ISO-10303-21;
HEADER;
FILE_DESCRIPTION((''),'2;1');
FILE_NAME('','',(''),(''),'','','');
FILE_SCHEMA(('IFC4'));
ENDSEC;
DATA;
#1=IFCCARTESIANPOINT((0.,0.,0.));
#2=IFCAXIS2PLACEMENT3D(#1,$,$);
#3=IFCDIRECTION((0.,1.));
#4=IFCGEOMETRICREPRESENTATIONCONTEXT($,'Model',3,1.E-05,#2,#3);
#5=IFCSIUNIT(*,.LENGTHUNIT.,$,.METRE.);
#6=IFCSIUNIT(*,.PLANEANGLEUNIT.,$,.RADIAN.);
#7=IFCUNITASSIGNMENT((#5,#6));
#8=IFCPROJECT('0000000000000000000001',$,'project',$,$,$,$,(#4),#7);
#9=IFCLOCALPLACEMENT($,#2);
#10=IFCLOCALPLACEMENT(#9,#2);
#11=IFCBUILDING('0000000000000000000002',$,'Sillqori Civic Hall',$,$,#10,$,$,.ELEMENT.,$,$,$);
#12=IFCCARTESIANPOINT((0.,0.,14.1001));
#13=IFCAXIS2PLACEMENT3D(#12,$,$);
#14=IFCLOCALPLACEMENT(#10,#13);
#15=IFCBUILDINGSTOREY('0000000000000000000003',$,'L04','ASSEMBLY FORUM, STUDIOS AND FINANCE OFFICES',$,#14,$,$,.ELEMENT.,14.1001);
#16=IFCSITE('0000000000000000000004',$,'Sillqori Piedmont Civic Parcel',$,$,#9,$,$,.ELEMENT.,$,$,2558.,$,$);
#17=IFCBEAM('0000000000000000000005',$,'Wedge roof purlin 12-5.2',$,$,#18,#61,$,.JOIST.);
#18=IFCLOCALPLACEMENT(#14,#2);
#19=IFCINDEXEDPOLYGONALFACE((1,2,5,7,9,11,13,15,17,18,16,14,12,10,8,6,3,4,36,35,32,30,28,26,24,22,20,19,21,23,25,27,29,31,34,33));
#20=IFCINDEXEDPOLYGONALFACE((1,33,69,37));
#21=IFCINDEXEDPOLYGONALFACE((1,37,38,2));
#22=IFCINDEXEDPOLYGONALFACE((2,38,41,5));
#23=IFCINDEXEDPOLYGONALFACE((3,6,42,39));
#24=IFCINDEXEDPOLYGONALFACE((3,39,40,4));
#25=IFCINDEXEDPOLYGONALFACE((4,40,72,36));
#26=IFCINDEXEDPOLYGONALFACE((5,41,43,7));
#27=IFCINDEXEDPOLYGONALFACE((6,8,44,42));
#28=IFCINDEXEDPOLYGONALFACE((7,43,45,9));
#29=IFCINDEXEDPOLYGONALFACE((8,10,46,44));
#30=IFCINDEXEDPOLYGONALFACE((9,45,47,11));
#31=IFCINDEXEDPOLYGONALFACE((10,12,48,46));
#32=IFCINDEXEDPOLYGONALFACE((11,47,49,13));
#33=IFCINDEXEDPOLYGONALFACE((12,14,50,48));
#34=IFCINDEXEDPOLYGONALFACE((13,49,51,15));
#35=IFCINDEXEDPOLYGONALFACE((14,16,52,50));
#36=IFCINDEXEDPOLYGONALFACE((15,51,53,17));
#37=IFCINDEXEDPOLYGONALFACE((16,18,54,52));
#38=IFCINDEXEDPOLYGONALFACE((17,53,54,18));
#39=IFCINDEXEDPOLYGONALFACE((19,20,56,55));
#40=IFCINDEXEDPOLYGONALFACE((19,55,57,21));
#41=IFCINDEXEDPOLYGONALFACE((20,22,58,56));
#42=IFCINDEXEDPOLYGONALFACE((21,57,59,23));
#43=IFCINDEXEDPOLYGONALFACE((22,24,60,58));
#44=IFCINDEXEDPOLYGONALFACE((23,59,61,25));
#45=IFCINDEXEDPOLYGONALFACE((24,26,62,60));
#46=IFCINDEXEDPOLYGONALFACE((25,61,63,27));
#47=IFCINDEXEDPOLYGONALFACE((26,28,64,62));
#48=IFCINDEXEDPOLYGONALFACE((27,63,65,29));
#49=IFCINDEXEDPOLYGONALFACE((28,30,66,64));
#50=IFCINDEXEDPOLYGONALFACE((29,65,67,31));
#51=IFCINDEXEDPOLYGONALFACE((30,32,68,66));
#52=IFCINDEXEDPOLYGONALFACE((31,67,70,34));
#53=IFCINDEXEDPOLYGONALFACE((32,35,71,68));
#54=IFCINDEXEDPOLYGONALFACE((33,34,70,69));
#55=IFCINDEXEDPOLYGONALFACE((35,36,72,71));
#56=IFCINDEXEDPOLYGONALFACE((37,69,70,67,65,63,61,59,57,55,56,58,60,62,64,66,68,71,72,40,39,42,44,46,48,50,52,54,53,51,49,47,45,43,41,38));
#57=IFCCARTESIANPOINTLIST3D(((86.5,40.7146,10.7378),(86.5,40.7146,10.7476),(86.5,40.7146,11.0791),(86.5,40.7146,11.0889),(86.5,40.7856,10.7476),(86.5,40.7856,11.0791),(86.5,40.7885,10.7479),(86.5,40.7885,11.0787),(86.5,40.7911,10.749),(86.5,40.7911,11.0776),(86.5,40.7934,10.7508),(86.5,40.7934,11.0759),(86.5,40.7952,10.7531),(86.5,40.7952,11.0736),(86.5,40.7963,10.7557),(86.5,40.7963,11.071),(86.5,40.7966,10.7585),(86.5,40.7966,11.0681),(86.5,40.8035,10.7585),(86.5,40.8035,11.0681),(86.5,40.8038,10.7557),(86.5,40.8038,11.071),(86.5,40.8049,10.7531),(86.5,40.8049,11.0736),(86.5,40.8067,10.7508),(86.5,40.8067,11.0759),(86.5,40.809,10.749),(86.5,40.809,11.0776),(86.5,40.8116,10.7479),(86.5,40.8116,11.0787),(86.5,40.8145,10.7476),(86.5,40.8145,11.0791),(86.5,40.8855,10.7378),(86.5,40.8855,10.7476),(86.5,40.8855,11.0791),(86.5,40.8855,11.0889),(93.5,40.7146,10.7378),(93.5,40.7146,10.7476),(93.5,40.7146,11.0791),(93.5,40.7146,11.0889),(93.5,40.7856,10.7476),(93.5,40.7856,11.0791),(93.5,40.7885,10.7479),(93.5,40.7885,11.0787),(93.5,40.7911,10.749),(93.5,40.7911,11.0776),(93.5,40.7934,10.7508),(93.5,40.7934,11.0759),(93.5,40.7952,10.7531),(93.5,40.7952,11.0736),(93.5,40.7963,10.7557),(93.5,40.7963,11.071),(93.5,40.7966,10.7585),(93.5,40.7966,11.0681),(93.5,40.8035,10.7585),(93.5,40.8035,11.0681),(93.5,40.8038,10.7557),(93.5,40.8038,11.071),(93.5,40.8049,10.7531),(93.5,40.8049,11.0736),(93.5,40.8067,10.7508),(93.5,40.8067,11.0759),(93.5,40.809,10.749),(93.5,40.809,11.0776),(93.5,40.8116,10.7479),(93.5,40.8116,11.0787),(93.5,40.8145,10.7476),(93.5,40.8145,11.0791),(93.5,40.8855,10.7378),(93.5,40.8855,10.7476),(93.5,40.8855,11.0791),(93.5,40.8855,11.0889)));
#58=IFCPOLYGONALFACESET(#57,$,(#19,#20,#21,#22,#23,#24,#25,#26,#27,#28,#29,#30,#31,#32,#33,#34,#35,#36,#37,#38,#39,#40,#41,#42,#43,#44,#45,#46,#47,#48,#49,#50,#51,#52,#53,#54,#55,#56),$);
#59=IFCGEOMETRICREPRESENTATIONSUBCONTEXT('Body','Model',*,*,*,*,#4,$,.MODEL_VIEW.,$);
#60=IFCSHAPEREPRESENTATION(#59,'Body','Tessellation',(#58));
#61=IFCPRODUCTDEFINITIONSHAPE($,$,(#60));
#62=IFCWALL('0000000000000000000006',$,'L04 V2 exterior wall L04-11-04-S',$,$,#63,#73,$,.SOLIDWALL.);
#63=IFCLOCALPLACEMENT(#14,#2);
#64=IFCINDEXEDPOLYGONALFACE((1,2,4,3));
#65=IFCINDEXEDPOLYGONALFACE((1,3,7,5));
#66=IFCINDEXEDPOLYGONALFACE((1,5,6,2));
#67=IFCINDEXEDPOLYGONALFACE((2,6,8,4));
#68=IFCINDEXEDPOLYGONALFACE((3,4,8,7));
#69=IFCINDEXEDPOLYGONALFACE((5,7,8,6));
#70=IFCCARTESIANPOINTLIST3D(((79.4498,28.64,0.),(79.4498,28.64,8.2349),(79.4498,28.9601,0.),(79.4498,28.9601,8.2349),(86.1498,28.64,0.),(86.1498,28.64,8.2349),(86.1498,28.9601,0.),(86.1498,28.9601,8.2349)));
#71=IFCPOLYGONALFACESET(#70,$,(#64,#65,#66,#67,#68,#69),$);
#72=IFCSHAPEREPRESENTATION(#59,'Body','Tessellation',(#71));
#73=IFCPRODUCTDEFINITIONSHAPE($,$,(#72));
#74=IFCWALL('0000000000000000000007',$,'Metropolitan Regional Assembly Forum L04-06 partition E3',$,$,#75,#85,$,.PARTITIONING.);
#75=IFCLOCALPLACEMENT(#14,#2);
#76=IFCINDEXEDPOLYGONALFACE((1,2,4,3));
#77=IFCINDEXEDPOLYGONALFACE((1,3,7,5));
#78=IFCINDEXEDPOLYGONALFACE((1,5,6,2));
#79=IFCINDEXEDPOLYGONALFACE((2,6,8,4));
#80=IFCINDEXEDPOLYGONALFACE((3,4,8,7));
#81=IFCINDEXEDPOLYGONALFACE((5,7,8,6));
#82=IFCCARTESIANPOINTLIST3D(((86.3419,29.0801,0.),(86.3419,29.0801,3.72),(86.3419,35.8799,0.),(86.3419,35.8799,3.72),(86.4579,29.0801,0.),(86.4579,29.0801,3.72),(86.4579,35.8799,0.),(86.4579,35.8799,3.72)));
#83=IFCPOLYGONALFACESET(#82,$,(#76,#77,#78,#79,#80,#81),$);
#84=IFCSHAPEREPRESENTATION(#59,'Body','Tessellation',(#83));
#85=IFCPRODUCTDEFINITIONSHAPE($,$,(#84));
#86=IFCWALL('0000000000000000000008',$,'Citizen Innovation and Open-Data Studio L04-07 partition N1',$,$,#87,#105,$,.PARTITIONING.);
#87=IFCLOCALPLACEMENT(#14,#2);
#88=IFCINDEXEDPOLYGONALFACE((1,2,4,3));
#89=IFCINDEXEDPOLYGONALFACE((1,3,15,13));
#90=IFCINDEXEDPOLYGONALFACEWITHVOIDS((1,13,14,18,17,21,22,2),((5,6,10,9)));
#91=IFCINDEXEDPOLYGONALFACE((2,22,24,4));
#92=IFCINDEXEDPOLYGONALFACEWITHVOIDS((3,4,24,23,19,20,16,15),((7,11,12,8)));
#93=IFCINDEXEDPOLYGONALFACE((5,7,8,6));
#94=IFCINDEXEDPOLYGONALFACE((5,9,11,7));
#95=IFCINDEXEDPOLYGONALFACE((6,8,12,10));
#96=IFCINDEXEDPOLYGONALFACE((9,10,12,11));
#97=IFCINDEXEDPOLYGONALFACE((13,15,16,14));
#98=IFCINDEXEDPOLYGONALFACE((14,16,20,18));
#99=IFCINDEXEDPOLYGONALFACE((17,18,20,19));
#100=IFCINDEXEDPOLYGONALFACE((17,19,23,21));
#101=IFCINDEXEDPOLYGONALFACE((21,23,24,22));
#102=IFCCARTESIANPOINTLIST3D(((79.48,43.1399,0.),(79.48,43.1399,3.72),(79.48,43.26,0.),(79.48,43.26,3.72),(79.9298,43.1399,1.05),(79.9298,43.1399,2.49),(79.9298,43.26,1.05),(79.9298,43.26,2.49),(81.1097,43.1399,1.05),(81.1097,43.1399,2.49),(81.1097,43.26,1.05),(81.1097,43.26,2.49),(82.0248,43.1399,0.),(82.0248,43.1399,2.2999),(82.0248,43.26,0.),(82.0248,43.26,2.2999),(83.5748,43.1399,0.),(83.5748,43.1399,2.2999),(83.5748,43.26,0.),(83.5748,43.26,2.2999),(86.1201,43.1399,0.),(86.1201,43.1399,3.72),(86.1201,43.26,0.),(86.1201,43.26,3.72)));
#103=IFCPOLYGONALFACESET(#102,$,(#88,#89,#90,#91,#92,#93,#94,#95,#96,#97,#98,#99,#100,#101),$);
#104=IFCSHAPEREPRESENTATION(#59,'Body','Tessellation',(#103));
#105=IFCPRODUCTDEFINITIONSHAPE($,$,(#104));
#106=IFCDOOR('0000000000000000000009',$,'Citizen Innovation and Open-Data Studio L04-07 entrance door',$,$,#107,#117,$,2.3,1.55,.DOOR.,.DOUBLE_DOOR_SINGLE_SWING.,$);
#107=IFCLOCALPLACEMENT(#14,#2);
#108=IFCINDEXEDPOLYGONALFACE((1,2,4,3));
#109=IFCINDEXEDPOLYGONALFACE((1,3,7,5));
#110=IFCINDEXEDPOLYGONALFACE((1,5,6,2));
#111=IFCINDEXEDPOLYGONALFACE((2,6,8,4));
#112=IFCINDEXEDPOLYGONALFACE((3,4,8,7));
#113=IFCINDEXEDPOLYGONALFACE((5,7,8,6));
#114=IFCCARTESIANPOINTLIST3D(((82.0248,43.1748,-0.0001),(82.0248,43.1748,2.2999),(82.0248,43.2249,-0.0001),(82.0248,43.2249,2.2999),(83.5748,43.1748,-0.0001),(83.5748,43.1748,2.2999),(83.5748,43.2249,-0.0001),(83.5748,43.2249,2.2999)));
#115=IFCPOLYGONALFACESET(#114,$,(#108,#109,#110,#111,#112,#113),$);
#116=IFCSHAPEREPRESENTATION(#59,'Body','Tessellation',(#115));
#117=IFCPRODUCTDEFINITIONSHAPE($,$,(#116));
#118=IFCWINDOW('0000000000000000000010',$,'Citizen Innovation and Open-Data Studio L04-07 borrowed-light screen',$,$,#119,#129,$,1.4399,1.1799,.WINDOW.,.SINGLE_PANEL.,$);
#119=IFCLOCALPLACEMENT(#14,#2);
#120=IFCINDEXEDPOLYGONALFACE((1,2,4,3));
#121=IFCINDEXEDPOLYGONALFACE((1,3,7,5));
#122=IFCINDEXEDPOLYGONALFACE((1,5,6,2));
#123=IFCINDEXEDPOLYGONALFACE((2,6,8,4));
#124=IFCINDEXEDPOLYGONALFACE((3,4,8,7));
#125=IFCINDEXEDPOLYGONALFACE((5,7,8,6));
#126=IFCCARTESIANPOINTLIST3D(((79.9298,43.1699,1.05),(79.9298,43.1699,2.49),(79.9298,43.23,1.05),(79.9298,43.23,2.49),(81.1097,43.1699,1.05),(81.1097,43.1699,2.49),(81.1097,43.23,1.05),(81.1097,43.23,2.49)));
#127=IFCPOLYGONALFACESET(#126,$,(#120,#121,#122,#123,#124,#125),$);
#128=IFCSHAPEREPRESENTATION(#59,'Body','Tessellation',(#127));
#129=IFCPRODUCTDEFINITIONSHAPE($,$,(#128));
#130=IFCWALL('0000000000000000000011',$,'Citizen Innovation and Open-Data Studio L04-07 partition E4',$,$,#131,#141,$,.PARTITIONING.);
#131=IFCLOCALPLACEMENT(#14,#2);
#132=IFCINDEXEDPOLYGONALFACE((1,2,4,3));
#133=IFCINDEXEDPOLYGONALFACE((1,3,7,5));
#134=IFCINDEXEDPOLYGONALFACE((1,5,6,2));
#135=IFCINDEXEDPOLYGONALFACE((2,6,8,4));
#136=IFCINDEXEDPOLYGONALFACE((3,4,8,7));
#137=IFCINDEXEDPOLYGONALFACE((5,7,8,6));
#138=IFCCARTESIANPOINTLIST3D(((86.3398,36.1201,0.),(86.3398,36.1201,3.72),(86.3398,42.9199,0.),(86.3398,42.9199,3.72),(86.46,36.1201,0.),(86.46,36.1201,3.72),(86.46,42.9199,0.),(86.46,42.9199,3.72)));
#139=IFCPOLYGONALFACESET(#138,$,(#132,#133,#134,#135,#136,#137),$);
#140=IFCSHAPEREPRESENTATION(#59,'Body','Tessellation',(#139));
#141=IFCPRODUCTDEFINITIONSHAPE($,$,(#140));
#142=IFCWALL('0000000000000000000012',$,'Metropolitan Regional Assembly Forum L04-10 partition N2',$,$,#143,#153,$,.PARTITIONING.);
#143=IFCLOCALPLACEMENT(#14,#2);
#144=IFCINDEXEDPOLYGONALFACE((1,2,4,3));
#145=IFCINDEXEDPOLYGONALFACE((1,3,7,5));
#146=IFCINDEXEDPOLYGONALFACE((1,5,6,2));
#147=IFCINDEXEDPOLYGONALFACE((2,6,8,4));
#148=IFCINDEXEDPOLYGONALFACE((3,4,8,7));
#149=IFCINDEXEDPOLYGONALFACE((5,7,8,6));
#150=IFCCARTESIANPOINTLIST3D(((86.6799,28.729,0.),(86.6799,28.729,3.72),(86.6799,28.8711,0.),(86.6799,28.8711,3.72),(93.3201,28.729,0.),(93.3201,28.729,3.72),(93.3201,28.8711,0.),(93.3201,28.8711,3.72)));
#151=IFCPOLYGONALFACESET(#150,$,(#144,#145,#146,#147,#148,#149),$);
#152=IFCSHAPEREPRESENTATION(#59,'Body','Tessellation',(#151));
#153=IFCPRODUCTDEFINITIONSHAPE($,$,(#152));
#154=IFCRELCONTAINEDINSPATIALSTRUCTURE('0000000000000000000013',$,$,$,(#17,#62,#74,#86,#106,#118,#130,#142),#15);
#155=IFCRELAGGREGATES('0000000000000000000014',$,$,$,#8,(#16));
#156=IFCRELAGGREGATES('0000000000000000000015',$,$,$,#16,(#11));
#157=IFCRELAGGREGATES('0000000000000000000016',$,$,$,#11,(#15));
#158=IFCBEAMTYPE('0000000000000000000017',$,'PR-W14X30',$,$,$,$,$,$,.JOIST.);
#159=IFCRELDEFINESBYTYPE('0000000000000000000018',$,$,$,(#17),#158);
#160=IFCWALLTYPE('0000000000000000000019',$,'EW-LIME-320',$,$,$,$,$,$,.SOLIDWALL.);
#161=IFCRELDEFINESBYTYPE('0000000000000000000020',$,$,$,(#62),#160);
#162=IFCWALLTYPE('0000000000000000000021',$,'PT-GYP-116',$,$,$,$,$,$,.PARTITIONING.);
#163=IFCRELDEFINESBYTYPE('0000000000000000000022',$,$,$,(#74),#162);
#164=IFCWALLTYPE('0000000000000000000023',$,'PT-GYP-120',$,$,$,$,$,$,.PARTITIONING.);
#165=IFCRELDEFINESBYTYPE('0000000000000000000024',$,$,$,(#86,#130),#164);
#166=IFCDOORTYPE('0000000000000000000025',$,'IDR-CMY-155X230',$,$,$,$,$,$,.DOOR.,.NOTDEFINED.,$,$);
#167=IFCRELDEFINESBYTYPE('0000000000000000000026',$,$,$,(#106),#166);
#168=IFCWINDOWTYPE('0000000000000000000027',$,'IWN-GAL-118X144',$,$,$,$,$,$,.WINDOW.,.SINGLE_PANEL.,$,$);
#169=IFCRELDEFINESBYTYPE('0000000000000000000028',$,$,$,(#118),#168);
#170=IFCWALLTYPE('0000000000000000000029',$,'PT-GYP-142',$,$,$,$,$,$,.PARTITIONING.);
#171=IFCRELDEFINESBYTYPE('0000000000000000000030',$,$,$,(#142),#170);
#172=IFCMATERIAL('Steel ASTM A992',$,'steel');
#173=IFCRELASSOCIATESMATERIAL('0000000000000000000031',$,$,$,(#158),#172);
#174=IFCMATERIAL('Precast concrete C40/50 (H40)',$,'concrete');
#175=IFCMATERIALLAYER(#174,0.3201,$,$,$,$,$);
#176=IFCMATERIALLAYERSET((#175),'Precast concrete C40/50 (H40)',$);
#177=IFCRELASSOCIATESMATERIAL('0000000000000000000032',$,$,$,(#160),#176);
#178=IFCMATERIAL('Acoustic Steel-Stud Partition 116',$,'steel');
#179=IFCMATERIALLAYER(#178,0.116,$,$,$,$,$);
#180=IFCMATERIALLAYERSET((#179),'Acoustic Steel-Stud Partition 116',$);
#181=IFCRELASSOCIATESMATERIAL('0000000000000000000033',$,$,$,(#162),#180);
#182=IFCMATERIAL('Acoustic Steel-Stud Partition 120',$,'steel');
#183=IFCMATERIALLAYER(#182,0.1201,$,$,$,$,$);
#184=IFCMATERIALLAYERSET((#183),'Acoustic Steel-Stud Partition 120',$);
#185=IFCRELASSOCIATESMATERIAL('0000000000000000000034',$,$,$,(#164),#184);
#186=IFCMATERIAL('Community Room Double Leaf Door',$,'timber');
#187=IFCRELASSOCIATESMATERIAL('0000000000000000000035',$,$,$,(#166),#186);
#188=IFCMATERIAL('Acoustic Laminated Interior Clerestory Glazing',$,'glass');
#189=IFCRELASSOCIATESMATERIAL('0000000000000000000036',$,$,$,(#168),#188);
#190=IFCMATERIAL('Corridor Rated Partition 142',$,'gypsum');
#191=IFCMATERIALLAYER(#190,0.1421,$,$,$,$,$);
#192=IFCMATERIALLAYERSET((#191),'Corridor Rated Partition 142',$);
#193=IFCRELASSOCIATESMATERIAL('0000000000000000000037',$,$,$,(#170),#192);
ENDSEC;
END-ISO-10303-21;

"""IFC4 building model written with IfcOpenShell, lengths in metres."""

from ifc_helpers import new_model, si_unit, direction, frame, frame_2d, origin, origin_2d, place, context, subcontext, project, spatial, rectangle, i_section, extrude, material, layer, layer_set, material_profile, profile_set, type_object, element, fill, save


model = new_model("IFC4")

# Units and contexts
model_context = context("Model", 3, precision=1e-05, world=origin(), true_north=direction((0.0, 1.0)))
body_context = subcontext(model_context, "Body", "Model", "MODEL_VIEW")
ifc_project = project(units=[si_unit("LENGTHUNIT", "METRE"), si_unit("PLANEANGLEUNIT", "RADIAN")], contexts=[model_context])

# Site, building, storey
site_placement = place(None, origin())
site = spatial("IfcSite", under=ifc_project, at=site_placement, Name="Sillqori Piedmont Civic Parcel", CompositionType="ELEMENT", RefElevation=2558.0)
building_placement = place(site_placement, origin())
building = spatial("IfcBuilding", under=site, at=building_placement, Name="Sillqori Civic Hall", CompositionType="ELEMENT")
storey_placement = place(building_placement, frame((0.0, 0.0, 14.1001)))
storey = spatial("IfcBuildingStorey", under=building, at=storey_placement, Name="L04", Description="ASSEMBLY FORUM, STUDIOS AND FINANCE OFFICES", CompositionType="ELEMENT", Elevation=14.1001)

# Shared definitions
ifc_material_1 = material(Name="Steel ASTM A992", Category="steel")

# Beam
ifc_material_profile_1 = material_profile(ifc_material_1, i_section(OverallWidth=0.1709, OverallDepth=0.3511, WebThickness=0.0068, FlangeThickness=0.0098, FilletRadius=0.011, at=origin_2d()), Name="W14X30")
ifc_profile_set_1 = profile_set([ifc_material_profile_1], Name="Steel ASTM A992")
beam_type_1 = type_object("IfcBeamType", Name="PR-W14X30", PredefinedType="JOIST", material=ifc_profile_set_1)
for number, where, z_axis, x_axis, name in (
    (1, (86.5, 40.8, 10.9133), (1.0, 0.0, 0.0), (0.0, 1.0, 0.0), "Wedge roof purlin 12-5.2"),
):
    element("IfcBeam", number, at=place(storey_placement, frame(where, z_axis=z_axis, x_axis=x_axis)), inside=storey, type_object=beam_type_1, Name=name, PredefinedType="JOIST", context=body_context, shape_type="SweptSolid", body=[
        extrude(i_section(OverallWidth=0.1709, OverallDepth=0.3511, WebThickness=0.0068, FlangeThickness=0.0098, FilletRadius=0.011, at=origin_2d()), origin(), (0.0, 0.0, 1.0), 7.0),
    ])

# Walls
ifc_material_2 = material(Name="Precast concrete C40/50 (H40)", Category="concrete")
ifc_layer_1 = layer(ifc_material_2, 0.3201)
ifc_layer_set_1 = layer_set([ifc_layer_1], Name="Precast concrete C40/50 (H40)")
wall_type_1 = type_object("IfcWallType", Name="EW-LIME-320", PredefinedType="SOLIDWALL", material=ifc_layer_set_1)
wall_1_placement = place(storey_placement, frame((86.1499, 28.8, 0.0), z_axis=(0.0, 0.0, 1.0), x_axis=(-1.0, 0.0, 0.0)))
element("IfcWall", 2, at=wall_1_placement, inside=storey, type_object=wall_type_1, Name="L04 V2 exterior wall L04-11-04-S", PredefinedType="SOLIDWALL", context=body_context, shape_type="SweptSolid", body=[
    extrude(rectangle(XDim=6.7, YDim=0.3201, at=frame_2d((3.3501, 0.0))), origin(), (0.0, 0.0, 1.0), 8.2349),
])
ifc_material_3 = material(Name="Acoustic Steel-Stud Partition 116", Category="steel")
ifc_layer_2 = layer(ifc_material_3, 0.116)
ifc_layer_set_2 = layer_set([ifc_layer_2], Name="Acoustic Steel-Stud Partition 116")
wall_type_2 = type_object("IfcWallType", Name="PT-GYP-116", PredefinedType="PARTITIONING", material=ifc_layer_set_2)
wall_2_placement = place(storey_placement, frame((86.3999, 35.8799, 0.0), z_axis=(0.0, 0.0, 1.0), x_axis=(0.0, -1.0, 0.0)))
element("IfcWall", 3, at=wall_2_placement, inside=storey, type_object=wall_type_2, Name="Metropolitan Regional Assembly Forum L04-06 partition E3", PredefinedType="PARTITIONING", context=body_context, shape_type="SweptSolid", body=[
    extrude(rectangle(XDim=6.7998, YDim=0.116, at=frame_2d((3.3999, 0.0))), origin(), (0.0, 0.0, 1.0), 3.72),
])

# Wall, openings, door, window
ifc_material_4 = material(Name="Acoustic Steel-Stud Partition 120", Category="steel")
ifc_layer_3 = layer(ifc_material_4, 0.1201)
ifc_layer_set_3 = layer_set([ifc_layer_3], Name="Acoustic Steel-Stud Partition 120")
wall_type_3 = type_object("IfcWallType", Name="PT-GYP-120", PredefinedType="PARTITIONING", material=ifc_layer_set_3)
wall_3_placement = place(storey_placement, frame((79.48, 43.2, 0.0), z_axis=(0.0, 0.0, 1.0), x_axis=(1.0, 0.0, 0.0)))
wall_3 = element("IfcWall", 4, at=wall_3_placement, inside=storey, type_object=wall_type_3, Name="Citizen Innovation and Open-Data Studio L04-07 partition N1", PredefinedType="PARTITIONING", context=body_context, shape_type="SweptSolid", body=[
    extrude(rectangle(XDim=6.6401, YDim=0.1201, at=frame_2d((3.3201, 0.0))), origin(), (0.0, 0.0, 1.0), 3.72),
])
opening_1_placement = place(wall_3_placement, frame((2.5449, 0.0, 0.0)))
opening_1 = element("IfcOpeningElement", 5, at=opening_1_placement, cuts=wall_3, PredefinedType="OPENING", context=body_context, shape_type="SweptSolid", body=[
    extrude(rectangle(XDim=1.55, YDim=2.3, at=frame_2d((0.7749, 1.1499))), frame((0.0, 0.0701, 0.0), z_axis=(0.0, -1.0, 0.0), x_axis=(1.0, 0.0, 0.0)), (0.0, 0.0, 1.0), 0.1401),
])
opening_2_placement = place(wall_3_placement, frame((0.45, 0.0, 1.05)))
opening_2 = element("IfcOpeningElement", 6, at=opening_2_placement, cuts=wall_3, PredefinedType="OPENING", context=body_context, shape_type="SweptSolid", body=[
    extrude(rectangle(XDim=1.1799, YDim=1.4399, at=frame_2d((0.5898, 0.72))), frame((0.0, 0.0701, 0.0), z_axis=(0.0, -1.0, 0.0), x_axis=(1.0, 0.0, 0.0)), (0.0, 0.0, 1.0), 0.1401),
])
ifc_material_5 = material(Name="Community Room Double Leaf Door", Category="timber")
door_type = type_object("IfcDoorType", Name="IDR-CMY-155X230", OperationType="NOTDEFINED", PredefinedType="DOOR", material=ifc_material_5)
door_1_placement = place(opening_1_placement, origin())
door_1 = element("IfcDoor", 7, at=door_1_placement, inside=storey, type_object=door_type, Name="Citizen Innovation and Open-Data Studio L04-07 entrance door", OperationType="DOUBLE_DOOR_SINGLE_SWING", OverallHeight=2.3, OverallWidth=1.55, PredefinedType="DOOR", context=body_context, shape_type="SweptSolid", body=[
    extrude(rectangle(XDim=1.55, YDim=2.3, at=frame_2d((0.7749, 1.1499))), frame((0.0, 0.0249, 0.0), z_axis=(0.0, -1.0, 0.0), x_axis=(1.0, 0.0, 0.0)), (0.0, 0.0, 1.0), 0.05),
])
fill(opening_1, door_1)
ifc_material_6 = material(Name="Acoustic Laminated Interior Clerestory Glazing", Category="glass")
window_type_1 = type_object("IfcWindowType", Name="IWN-GAL-118X144", PartitioningType="SINGLE_PANEL", PredefinedType="WINDOW", material=ifc_material_6)
window_1_placement = place(opening_2_placement, origin())
window_1 = element("IfcWindow", 8, at=window_1_placement, inside=storey, type_object=window_type_1, Name="Citizen Innovation and Open-Data Studio L04-07 borrowed-light screen", OverallHeight=1.4399, OverallWidth=1.1799, PartitioningType="SINGLE_PANEL", PredefinedType="WINDOW", context=body_context, shape_type="SweptSolid", body=[
    extrude(rectangle(XDim=1.1799, YDim=1.4399, at=frame_2d((0.5898, 0.72))), frame((0.0, 0.03, 0.0), z_axis=(0.0, -1.0, 0.0), x_axis=(1.0, 0.0, 0.0)), (0.0, 0.0, 1.0), 0.0601),
])
fill(opening_2, window_1)

# Walls
wall_4_placement = place(storey_placement, frame((86.3999, 42.9199, 0.0), z_axis=(0.0, 0.0, 1.0), x_axis=(0.0, -1.0, 0.0)))
element("IfcWall", 9, at=wall_4_placement, inside=storey, type_object=wall_type_3, Name="Citizen Innovation and Open-Data Studio L04-07 partition E4", PredefinedType="PARTITIONING", context=body_context, shape_type="SweptSolid", body=[
    extrude(rectangle(XDim=6.7998, YDim=0.1201, at=frame_2d((3.3999, 0.0))), origin(), (0.0, 0.0, 1.0), 3.72),
])
ifc_material_7 = material(Name="Corridor Rated Partition 142", Category="gypsum")
ifc_layer_4 = layer(ifc_material_7, 0.1421)
ifc_layer_set_4 = layer_set([ifc_layer_4], Name="Corridor Rated Partition 142")
wall_type_4 = type_object("IfcWallType", Name="PT-GYP-142", PredefinedType="PARTITIONING", material=ifc_layer_set_4)
wall_5_placement = place(storey_placement, frame((86.6799, 28.8, 0.0), z_axis=(0.0, 0.0, 1.0), x_axis=(1.0, 0.0, 0.0)))
element("IfcWall", 10, at=wall_5_placement, inside=storey, type_object=wall_type_4, Name="Metropolitan Regional Assembly Forum L04-10 partition N2", PredefinedType="PARTITIONING", context=body_context, shape_type="SweptSolid", body=[
    extrude(rectangle(XDim=6.6401, YDim=0.1421, at=frame_2d((3.3201, 0.0))), origin(), (0.0, 0.0, 1.0), 3.72),
])

save(model, "model.ifc")
